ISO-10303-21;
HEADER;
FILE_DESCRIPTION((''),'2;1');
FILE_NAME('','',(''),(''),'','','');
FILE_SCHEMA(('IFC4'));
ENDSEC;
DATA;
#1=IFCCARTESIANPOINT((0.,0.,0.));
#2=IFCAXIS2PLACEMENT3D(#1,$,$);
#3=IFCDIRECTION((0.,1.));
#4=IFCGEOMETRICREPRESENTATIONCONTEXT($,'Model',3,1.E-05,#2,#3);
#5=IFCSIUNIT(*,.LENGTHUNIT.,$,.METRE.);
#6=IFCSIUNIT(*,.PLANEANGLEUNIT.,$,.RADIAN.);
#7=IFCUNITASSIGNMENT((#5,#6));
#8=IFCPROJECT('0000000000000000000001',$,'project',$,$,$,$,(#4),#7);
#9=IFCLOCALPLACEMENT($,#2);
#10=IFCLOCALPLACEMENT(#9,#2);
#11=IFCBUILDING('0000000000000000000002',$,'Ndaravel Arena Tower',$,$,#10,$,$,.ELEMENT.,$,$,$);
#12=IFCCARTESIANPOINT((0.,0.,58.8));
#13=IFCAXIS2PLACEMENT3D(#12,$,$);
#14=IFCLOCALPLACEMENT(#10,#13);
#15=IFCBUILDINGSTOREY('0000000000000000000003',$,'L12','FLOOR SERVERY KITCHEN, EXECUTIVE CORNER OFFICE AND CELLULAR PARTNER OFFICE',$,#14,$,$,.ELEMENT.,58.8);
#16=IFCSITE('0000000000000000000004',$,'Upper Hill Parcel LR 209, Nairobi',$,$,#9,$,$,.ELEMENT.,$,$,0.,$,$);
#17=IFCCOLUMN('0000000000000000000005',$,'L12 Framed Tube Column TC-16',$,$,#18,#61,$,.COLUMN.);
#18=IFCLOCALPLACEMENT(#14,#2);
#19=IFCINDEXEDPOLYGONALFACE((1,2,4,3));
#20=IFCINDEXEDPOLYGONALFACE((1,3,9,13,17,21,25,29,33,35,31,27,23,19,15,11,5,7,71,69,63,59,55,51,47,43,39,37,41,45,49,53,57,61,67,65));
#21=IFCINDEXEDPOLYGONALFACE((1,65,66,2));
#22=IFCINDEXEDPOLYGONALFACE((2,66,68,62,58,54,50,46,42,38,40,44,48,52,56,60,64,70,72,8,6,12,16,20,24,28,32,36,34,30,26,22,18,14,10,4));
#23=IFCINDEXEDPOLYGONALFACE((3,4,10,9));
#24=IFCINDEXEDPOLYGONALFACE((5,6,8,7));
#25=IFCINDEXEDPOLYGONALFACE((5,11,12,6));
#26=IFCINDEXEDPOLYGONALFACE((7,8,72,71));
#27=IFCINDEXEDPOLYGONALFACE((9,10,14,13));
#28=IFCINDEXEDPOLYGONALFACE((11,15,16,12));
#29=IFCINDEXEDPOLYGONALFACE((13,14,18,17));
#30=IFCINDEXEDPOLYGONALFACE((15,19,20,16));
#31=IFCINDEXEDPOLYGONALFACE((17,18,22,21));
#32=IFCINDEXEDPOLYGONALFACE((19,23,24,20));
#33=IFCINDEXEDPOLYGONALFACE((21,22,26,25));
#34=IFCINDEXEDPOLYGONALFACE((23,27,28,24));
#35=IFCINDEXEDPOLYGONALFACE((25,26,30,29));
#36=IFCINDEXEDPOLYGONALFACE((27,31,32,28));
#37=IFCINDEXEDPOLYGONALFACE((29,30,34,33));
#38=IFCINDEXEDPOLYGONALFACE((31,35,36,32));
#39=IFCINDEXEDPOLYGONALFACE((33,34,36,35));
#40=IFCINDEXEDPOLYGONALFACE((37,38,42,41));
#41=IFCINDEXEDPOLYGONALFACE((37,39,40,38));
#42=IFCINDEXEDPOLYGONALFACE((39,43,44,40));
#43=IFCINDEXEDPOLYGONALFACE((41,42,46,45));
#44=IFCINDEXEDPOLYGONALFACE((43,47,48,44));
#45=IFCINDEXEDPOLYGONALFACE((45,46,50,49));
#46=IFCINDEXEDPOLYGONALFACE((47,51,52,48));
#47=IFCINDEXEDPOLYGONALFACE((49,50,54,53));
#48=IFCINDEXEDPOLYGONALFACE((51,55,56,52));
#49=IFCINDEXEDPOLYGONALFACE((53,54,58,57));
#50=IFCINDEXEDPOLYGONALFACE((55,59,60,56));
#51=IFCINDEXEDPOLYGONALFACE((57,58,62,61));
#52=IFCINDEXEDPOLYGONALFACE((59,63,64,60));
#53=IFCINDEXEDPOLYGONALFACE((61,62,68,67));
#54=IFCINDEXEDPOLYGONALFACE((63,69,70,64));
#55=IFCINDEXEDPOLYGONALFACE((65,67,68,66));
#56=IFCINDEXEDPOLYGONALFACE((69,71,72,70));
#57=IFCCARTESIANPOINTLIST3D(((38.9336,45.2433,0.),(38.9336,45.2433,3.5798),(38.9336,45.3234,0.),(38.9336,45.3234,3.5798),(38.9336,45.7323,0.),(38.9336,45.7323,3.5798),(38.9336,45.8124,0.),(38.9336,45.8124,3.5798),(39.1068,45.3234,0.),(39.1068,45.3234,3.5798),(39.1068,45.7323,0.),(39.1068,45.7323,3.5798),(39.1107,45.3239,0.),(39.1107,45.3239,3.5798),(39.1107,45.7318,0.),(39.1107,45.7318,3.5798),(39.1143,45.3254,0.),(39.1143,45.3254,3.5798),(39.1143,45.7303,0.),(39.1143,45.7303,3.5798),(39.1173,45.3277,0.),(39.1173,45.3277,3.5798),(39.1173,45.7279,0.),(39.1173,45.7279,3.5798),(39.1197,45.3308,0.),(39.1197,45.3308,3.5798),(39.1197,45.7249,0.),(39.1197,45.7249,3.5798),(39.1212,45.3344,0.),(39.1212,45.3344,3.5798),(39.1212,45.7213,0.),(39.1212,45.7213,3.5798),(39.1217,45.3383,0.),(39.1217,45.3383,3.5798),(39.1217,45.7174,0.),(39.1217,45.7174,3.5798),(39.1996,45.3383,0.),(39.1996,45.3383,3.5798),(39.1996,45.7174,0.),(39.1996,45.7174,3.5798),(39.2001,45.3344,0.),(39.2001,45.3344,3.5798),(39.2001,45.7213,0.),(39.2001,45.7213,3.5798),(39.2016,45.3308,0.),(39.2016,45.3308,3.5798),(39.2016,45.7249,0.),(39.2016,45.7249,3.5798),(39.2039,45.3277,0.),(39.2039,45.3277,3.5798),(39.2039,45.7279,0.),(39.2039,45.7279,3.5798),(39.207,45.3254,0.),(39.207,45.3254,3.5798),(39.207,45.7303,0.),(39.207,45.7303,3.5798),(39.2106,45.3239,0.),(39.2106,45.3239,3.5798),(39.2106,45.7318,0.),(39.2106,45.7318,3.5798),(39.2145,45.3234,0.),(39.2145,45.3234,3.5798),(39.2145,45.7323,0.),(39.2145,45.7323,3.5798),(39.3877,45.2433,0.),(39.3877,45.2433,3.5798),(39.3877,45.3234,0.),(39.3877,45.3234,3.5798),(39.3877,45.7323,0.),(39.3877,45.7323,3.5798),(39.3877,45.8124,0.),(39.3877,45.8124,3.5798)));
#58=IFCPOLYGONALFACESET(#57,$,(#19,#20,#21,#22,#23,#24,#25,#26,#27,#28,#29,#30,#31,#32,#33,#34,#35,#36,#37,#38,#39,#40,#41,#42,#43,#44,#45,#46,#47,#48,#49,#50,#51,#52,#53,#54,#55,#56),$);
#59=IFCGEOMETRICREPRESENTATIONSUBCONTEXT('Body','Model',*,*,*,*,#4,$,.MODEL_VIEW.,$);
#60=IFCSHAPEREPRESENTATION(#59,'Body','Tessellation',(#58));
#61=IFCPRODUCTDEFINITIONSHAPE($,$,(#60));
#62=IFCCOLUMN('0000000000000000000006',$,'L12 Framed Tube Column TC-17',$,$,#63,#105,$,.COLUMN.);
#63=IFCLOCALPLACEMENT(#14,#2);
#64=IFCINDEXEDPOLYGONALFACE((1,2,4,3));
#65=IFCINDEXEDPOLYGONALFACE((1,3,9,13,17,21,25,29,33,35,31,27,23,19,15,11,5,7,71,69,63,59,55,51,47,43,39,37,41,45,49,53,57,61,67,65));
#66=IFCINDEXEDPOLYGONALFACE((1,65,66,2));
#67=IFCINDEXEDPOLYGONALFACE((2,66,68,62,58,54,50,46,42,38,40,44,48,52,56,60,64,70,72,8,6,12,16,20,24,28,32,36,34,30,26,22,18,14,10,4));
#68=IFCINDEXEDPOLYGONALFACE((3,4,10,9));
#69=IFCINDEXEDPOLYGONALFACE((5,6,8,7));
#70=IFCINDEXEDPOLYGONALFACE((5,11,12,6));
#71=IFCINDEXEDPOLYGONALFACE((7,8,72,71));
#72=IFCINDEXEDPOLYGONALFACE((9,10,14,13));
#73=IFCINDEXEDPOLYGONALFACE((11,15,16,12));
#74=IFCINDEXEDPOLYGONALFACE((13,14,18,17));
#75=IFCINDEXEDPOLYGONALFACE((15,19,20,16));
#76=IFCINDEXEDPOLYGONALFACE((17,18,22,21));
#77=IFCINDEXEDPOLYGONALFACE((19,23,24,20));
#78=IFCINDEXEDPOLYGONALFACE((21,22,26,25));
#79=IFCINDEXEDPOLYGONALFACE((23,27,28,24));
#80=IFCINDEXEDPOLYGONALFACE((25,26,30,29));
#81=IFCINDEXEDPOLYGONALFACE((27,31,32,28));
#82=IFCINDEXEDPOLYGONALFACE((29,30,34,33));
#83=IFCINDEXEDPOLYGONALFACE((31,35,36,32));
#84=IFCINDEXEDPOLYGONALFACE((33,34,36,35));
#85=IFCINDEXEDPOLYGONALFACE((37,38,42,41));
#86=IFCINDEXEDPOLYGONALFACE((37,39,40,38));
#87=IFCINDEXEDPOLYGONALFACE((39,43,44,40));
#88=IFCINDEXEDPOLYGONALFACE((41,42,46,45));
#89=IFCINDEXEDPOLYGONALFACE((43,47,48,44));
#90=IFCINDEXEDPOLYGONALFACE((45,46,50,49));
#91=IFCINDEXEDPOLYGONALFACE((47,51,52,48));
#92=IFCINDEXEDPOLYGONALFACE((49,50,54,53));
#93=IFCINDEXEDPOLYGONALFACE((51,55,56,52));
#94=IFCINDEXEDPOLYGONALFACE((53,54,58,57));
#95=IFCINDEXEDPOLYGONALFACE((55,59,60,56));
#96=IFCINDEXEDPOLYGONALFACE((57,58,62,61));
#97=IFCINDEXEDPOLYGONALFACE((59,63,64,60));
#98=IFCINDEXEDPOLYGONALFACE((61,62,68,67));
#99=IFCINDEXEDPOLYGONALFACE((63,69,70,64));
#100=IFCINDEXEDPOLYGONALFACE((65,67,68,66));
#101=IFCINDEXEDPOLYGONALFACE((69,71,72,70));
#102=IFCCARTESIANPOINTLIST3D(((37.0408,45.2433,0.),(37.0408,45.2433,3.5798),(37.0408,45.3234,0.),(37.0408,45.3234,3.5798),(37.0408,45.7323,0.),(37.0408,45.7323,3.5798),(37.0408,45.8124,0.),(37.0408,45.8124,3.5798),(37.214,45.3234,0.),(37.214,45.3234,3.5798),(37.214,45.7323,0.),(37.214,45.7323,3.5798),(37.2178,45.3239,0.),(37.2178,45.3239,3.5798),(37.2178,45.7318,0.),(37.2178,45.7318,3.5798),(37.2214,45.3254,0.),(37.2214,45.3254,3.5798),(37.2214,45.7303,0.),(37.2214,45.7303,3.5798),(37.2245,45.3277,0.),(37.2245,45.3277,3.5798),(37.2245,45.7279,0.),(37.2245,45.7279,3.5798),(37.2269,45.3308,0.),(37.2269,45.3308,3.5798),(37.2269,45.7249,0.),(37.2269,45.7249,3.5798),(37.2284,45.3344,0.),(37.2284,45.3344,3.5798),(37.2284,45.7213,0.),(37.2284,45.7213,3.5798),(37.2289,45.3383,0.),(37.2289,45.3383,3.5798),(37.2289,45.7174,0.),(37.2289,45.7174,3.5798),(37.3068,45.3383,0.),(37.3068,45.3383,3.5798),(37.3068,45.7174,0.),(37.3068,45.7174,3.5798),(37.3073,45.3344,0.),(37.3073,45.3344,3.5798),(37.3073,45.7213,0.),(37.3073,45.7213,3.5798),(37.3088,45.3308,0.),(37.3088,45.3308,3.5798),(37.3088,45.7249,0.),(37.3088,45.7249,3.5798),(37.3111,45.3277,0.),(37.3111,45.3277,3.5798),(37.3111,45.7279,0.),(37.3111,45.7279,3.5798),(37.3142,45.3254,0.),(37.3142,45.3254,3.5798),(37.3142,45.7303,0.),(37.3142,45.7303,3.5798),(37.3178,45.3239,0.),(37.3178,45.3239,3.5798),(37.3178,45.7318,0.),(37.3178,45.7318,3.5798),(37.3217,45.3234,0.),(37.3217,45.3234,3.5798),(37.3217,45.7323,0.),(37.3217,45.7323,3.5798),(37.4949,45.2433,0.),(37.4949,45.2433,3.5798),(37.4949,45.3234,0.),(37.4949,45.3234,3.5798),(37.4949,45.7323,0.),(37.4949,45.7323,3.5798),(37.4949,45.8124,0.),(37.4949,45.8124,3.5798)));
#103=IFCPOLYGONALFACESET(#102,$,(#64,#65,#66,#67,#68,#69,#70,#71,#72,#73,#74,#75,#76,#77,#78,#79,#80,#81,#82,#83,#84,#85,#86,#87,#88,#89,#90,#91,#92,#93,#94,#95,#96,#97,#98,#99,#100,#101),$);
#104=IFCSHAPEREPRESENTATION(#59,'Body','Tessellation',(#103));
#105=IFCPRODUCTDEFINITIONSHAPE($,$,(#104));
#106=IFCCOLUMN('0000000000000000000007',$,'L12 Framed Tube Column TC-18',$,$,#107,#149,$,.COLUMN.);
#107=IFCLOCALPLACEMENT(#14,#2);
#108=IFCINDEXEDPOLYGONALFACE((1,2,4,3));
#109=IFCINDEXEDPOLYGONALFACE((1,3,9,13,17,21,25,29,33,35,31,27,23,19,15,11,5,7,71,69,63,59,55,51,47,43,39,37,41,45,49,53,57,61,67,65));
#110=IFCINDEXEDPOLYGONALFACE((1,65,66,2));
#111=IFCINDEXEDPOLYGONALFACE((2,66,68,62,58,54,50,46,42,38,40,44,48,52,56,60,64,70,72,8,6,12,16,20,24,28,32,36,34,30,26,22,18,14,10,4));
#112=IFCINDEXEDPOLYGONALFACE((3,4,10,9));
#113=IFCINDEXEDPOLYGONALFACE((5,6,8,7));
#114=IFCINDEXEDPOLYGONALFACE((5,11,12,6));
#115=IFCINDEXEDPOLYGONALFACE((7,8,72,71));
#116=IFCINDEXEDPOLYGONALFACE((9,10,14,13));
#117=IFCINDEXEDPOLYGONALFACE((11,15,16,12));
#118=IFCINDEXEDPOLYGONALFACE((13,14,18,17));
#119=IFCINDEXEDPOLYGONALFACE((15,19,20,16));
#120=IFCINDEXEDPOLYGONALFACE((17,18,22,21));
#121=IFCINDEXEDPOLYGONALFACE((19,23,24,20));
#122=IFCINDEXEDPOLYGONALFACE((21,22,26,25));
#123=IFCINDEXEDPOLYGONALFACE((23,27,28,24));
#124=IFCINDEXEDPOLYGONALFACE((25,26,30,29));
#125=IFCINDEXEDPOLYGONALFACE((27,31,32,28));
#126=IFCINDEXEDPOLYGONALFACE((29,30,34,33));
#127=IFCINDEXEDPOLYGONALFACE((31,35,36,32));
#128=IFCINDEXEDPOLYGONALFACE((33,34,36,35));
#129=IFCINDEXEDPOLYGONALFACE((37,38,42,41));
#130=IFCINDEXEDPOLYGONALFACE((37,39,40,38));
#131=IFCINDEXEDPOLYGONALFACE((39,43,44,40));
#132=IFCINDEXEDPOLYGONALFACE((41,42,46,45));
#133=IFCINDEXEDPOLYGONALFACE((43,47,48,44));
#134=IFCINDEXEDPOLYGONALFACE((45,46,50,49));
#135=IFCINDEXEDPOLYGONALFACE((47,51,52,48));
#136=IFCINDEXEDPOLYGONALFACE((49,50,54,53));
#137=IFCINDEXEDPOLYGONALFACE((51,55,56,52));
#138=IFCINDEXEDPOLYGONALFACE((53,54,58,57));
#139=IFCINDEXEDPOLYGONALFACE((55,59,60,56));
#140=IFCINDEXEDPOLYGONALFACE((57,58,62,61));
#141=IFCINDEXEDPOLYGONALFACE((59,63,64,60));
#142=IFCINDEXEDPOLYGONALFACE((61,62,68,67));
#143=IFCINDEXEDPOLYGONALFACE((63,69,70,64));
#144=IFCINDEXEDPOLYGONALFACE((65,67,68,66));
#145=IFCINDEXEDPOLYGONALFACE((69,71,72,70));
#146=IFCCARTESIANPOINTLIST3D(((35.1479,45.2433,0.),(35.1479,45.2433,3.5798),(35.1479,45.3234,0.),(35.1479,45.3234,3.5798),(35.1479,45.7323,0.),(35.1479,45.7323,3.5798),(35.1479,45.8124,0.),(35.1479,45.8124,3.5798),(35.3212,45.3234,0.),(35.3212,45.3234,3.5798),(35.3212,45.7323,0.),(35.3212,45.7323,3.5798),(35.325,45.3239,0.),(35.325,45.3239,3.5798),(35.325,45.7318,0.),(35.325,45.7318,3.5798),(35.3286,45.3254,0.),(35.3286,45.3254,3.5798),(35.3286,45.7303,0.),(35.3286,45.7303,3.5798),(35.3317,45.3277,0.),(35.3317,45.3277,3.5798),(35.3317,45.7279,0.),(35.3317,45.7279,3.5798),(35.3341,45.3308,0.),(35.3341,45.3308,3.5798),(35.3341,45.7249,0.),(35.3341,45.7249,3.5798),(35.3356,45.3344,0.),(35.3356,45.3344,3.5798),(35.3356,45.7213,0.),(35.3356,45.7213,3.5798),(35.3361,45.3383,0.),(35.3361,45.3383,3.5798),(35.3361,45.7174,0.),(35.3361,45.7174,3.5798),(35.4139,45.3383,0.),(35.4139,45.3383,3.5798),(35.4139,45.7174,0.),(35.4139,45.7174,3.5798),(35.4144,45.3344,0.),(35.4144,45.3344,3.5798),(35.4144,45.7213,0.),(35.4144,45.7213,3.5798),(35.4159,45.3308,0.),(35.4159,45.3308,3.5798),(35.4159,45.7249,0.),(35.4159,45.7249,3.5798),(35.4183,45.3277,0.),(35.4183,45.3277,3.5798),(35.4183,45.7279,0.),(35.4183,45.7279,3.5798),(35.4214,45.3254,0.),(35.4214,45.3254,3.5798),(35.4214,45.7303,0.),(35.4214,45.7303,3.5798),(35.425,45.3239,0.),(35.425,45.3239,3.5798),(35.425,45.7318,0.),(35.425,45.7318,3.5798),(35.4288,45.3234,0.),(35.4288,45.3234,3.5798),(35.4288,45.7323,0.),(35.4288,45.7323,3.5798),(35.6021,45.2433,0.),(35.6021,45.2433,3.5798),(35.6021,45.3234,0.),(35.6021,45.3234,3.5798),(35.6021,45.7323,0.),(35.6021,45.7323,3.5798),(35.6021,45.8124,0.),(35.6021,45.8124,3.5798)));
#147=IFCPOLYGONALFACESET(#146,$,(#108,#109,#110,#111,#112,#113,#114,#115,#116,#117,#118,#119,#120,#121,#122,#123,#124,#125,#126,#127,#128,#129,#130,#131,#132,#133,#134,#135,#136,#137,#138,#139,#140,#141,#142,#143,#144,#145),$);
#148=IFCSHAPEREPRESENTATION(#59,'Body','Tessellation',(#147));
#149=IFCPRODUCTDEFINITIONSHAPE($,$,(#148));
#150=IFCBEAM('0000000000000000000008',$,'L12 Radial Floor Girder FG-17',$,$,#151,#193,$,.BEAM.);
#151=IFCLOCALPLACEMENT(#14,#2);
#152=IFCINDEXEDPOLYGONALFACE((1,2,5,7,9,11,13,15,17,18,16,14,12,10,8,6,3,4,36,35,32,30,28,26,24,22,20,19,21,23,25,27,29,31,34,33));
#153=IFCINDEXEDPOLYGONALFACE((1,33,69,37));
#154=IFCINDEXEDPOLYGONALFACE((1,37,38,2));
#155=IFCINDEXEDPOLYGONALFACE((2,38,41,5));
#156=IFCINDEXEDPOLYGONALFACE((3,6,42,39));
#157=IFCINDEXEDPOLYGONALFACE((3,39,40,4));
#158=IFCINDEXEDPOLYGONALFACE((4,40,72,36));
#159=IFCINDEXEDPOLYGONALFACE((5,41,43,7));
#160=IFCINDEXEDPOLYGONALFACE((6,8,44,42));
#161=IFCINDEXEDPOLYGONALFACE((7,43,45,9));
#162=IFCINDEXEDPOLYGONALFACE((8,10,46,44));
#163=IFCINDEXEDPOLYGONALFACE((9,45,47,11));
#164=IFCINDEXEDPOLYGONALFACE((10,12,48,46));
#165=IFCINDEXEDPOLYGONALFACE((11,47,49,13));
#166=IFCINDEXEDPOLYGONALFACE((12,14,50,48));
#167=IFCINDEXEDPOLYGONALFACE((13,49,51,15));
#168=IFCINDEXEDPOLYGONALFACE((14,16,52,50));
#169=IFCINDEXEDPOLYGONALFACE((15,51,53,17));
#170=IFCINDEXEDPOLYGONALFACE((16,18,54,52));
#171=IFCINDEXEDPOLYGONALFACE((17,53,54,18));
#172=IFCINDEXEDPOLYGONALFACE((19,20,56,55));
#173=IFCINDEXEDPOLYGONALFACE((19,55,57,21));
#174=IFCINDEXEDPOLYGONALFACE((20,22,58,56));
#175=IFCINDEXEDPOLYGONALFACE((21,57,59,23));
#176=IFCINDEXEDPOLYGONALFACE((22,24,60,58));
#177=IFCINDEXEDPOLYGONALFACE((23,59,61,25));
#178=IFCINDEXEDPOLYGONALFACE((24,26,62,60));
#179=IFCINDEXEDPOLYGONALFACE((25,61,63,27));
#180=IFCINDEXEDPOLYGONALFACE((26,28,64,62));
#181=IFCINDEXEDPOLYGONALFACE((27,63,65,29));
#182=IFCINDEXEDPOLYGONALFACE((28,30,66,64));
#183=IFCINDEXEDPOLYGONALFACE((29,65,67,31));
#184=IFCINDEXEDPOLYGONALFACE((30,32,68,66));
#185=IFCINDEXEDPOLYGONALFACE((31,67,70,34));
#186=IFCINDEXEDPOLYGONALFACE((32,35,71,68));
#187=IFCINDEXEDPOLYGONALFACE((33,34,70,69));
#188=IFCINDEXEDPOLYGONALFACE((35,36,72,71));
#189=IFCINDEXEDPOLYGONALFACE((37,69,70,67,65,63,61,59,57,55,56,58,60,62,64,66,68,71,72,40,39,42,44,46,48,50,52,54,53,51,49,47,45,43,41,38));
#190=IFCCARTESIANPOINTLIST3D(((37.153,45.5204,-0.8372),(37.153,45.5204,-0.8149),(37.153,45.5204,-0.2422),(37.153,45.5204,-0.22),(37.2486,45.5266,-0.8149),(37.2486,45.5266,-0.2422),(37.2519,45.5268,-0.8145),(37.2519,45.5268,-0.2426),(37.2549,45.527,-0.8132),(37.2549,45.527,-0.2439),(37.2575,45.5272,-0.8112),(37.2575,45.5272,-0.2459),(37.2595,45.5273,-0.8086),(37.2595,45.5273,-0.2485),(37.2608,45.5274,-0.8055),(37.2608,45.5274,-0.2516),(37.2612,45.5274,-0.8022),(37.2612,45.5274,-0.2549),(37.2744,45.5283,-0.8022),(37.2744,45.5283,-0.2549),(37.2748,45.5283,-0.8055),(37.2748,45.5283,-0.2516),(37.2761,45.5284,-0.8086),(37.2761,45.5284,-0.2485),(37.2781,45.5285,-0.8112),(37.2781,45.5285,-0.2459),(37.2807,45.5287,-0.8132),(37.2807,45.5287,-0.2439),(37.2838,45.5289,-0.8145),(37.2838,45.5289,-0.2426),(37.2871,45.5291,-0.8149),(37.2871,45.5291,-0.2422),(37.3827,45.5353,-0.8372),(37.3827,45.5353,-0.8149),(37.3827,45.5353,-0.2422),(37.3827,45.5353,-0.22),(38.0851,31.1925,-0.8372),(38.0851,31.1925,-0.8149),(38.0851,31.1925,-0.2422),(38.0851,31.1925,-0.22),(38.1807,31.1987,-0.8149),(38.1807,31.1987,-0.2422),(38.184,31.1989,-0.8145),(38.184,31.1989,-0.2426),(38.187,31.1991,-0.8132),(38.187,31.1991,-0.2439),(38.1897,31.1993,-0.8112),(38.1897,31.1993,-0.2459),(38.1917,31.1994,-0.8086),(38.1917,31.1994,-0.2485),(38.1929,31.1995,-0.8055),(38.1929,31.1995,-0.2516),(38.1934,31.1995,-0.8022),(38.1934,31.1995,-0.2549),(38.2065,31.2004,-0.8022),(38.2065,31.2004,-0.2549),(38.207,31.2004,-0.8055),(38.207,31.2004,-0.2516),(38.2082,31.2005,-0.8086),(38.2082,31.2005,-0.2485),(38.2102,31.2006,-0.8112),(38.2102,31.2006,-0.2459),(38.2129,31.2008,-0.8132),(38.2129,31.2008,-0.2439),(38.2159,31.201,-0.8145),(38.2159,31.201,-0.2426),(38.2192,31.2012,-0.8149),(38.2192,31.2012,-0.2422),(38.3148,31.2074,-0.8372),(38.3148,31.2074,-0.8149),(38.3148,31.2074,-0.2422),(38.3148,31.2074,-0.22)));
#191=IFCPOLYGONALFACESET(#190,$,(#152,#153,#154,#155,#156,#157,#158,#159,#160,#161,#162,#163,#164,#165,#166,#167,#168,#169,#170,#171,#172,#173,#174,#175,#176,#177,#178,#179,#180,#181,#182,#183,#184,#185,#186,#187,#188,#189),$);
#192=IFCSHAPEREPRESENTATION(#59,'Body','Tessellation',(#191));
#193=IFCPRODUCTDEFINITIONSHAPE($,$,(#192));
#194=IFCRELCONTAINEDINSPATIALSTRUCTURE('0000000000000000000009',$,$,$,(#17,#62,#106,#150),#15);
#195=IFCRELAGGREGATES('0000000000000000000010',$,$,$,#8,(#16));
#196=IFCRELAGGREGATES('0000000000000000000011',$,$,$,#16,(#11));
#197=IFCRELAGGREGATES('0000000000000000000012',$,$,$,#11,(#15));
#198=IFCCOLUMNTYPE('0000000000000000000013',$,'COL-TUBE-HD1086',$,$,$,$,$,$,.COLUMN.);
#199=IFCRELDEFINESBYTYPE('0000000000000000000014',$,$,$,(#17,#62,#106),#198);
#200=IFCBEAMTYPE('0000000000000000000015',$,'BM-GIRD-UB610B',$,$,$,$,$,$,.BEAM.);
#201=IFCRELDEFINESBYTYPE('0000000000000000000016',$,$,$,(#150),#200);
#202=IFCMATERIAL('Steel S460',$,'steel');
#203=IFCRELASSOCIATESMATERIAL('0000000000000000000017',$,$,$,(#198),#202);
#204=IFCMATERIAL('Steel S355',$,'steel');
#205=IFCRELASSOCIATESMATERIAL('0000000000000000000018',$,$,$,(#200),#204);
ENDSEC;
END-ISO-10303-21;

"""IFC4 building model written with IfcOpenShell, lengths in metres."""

from ifc_helpers import new_model, si_unit, direction, frame, origin, origin_2d, place, context, subcontext, project, spatial, i_section, extrude, material, material_profile, profile_set, type_object, element, save


model = new_model("IFC4")

# Units and contexts
model_context = context("Model", 3, precision=1e-05, world=origin(), true_north=direction((0.0, 1.0)))
body_context = subcontext(model_context, "Body", "Model", "MODEL_VIEW")
ifc_project = project(units=[si_unit("LENGTHUNIT", "METRE"), si_unit("PLANEANGLEUNIT", "RADIAN")], contexts=[model_context])

# Site, building, storey
site_placement = place(None, origin())
site = spatial("IfcSite", under=ifc_project, at=site_placement, Name="Upper Hill Parcel LR 209, Nairobi", CompositionType="ELEMENT", RefElevation=0.0)
building_placement = place(site_placement, origin())
building = spatial("IfcBuilding", under=site, at=building_placement, Name="Ndaravel Arena Tower", CompositionType="ELEMENT")
storey_placement = place(building_placement, frame((0.0, 0.0, 58.8)))
storey = spatial("IfcBuildingStorey", under=building, at=storey_placement, Name="L12", Description="FLOOR SERVERY KITCHEN, EXECUTIVE CORNER OFFICE AND CELLULAR PARTNER OFFICE", CompositionType="ELEMENT", Elevation=58.8)

# Columns
ifc_material_1 = material(Name="Steel S460", Category="steel")
ifc_material_profile_1 = material_profile(ifc_material_1, i_section(OverallWidth=0.4541, OverallDepth=0.5691, WebThickness=0.0779, FlangeThickness=0.0801, FilletRadius=0.0149, at=origin_2d()), Name="HD 400x1086")
ifc_profile_set_1 = profile_set([ifc_material_profile_1], Name="Steel S460")
column_type = type_object("IfcColumnType", Name="COL-TUBE-HD1086", PredefinedType="COLUMN", material=ifc_profile_set_1)
for number, where, z_axis, x_axis, name in (
    (1, (39.1606, 45.5278, 0.0), (0.0, 0.0, 1.0), (1.0, 0.0, 0.0), "L12 Framed Tube Column TC-16"),
    (2, (37.2678, 45.5278, 0.0), (0.0, 0.0, 1.0), (1.0, 0.0, 0.0), "L12 Framed Tube Column TC-17"),
    (3, (35.375, 45.5278, 0.0), (0.0, 0.0, 1.0), (1.0, 0.0, 0.0), "L12 Framed Tube Column TC-18"),
):
    element("IfcColumn", number, at=place(storey_placement, frame(where, z_axis=z_axis, x_axis=x_axis)), inside=storey, type_object=column_type, Name=name, PredefinedType="COLUMN", context=body_context, shape_type="SweptSolid", body=[
        extrude(i_section(OverallWidth=0.4541, OverallDepth=0.5691, WebThickness=0.0779, FlangeThickness=0.0801, FilletRadius=0.0149, at=origin_2d()), origin(), (0.0, 0.0, 1.0), 3.5798),
    ])

# Beam
ifc_material_2 = material(Name="Steel S355", Category="steel")
ifc_material_profile_2 = material_profile(ifc_material_2, i_section(OverallWidth=0.2302, OverallDepth=0.6172, WebThickness=0.0132, FlangeThickness=0.0222, FilletRadius=0.0127, at=origin_2d()), Name="UB 610x229x140")
ifc_profile_set_2 = profile_set([ifc_material_profile_2], Name="Steel S355")
beam_type_1 = type_object("IfcBeamType", Name="BM-GIRD-UB610B", PredefinedType="BEAM", material=ifc_profile_set_2)
beam_1_placement = place(storey_placement, frame((37.2678, 45.5278, -0.5286), z_axis=(0.06492, -0.99789, 0.0), x_axis=(0.99789, 0.06492, 0.0)))
element("IfcBeam", 4, at=beam_1_placement, inside=storey, type_object=beam_type_1, Name="L12 Radial Floor Girder FG-17", PredefinedType="BEAM", context=body_context, shape_type="SweptSolid", body=[
    extrude(i_section(OverallWidth=0.2302, OverallDepth=0.6172, WebThickness=0.0132, FlangeThickness=0.0222, FilletRadius=0.0127, at=origin_2d()), origin(), (0.0, 0.0, 1.0), 14.3582),
])

save(model, "model.ifc")
